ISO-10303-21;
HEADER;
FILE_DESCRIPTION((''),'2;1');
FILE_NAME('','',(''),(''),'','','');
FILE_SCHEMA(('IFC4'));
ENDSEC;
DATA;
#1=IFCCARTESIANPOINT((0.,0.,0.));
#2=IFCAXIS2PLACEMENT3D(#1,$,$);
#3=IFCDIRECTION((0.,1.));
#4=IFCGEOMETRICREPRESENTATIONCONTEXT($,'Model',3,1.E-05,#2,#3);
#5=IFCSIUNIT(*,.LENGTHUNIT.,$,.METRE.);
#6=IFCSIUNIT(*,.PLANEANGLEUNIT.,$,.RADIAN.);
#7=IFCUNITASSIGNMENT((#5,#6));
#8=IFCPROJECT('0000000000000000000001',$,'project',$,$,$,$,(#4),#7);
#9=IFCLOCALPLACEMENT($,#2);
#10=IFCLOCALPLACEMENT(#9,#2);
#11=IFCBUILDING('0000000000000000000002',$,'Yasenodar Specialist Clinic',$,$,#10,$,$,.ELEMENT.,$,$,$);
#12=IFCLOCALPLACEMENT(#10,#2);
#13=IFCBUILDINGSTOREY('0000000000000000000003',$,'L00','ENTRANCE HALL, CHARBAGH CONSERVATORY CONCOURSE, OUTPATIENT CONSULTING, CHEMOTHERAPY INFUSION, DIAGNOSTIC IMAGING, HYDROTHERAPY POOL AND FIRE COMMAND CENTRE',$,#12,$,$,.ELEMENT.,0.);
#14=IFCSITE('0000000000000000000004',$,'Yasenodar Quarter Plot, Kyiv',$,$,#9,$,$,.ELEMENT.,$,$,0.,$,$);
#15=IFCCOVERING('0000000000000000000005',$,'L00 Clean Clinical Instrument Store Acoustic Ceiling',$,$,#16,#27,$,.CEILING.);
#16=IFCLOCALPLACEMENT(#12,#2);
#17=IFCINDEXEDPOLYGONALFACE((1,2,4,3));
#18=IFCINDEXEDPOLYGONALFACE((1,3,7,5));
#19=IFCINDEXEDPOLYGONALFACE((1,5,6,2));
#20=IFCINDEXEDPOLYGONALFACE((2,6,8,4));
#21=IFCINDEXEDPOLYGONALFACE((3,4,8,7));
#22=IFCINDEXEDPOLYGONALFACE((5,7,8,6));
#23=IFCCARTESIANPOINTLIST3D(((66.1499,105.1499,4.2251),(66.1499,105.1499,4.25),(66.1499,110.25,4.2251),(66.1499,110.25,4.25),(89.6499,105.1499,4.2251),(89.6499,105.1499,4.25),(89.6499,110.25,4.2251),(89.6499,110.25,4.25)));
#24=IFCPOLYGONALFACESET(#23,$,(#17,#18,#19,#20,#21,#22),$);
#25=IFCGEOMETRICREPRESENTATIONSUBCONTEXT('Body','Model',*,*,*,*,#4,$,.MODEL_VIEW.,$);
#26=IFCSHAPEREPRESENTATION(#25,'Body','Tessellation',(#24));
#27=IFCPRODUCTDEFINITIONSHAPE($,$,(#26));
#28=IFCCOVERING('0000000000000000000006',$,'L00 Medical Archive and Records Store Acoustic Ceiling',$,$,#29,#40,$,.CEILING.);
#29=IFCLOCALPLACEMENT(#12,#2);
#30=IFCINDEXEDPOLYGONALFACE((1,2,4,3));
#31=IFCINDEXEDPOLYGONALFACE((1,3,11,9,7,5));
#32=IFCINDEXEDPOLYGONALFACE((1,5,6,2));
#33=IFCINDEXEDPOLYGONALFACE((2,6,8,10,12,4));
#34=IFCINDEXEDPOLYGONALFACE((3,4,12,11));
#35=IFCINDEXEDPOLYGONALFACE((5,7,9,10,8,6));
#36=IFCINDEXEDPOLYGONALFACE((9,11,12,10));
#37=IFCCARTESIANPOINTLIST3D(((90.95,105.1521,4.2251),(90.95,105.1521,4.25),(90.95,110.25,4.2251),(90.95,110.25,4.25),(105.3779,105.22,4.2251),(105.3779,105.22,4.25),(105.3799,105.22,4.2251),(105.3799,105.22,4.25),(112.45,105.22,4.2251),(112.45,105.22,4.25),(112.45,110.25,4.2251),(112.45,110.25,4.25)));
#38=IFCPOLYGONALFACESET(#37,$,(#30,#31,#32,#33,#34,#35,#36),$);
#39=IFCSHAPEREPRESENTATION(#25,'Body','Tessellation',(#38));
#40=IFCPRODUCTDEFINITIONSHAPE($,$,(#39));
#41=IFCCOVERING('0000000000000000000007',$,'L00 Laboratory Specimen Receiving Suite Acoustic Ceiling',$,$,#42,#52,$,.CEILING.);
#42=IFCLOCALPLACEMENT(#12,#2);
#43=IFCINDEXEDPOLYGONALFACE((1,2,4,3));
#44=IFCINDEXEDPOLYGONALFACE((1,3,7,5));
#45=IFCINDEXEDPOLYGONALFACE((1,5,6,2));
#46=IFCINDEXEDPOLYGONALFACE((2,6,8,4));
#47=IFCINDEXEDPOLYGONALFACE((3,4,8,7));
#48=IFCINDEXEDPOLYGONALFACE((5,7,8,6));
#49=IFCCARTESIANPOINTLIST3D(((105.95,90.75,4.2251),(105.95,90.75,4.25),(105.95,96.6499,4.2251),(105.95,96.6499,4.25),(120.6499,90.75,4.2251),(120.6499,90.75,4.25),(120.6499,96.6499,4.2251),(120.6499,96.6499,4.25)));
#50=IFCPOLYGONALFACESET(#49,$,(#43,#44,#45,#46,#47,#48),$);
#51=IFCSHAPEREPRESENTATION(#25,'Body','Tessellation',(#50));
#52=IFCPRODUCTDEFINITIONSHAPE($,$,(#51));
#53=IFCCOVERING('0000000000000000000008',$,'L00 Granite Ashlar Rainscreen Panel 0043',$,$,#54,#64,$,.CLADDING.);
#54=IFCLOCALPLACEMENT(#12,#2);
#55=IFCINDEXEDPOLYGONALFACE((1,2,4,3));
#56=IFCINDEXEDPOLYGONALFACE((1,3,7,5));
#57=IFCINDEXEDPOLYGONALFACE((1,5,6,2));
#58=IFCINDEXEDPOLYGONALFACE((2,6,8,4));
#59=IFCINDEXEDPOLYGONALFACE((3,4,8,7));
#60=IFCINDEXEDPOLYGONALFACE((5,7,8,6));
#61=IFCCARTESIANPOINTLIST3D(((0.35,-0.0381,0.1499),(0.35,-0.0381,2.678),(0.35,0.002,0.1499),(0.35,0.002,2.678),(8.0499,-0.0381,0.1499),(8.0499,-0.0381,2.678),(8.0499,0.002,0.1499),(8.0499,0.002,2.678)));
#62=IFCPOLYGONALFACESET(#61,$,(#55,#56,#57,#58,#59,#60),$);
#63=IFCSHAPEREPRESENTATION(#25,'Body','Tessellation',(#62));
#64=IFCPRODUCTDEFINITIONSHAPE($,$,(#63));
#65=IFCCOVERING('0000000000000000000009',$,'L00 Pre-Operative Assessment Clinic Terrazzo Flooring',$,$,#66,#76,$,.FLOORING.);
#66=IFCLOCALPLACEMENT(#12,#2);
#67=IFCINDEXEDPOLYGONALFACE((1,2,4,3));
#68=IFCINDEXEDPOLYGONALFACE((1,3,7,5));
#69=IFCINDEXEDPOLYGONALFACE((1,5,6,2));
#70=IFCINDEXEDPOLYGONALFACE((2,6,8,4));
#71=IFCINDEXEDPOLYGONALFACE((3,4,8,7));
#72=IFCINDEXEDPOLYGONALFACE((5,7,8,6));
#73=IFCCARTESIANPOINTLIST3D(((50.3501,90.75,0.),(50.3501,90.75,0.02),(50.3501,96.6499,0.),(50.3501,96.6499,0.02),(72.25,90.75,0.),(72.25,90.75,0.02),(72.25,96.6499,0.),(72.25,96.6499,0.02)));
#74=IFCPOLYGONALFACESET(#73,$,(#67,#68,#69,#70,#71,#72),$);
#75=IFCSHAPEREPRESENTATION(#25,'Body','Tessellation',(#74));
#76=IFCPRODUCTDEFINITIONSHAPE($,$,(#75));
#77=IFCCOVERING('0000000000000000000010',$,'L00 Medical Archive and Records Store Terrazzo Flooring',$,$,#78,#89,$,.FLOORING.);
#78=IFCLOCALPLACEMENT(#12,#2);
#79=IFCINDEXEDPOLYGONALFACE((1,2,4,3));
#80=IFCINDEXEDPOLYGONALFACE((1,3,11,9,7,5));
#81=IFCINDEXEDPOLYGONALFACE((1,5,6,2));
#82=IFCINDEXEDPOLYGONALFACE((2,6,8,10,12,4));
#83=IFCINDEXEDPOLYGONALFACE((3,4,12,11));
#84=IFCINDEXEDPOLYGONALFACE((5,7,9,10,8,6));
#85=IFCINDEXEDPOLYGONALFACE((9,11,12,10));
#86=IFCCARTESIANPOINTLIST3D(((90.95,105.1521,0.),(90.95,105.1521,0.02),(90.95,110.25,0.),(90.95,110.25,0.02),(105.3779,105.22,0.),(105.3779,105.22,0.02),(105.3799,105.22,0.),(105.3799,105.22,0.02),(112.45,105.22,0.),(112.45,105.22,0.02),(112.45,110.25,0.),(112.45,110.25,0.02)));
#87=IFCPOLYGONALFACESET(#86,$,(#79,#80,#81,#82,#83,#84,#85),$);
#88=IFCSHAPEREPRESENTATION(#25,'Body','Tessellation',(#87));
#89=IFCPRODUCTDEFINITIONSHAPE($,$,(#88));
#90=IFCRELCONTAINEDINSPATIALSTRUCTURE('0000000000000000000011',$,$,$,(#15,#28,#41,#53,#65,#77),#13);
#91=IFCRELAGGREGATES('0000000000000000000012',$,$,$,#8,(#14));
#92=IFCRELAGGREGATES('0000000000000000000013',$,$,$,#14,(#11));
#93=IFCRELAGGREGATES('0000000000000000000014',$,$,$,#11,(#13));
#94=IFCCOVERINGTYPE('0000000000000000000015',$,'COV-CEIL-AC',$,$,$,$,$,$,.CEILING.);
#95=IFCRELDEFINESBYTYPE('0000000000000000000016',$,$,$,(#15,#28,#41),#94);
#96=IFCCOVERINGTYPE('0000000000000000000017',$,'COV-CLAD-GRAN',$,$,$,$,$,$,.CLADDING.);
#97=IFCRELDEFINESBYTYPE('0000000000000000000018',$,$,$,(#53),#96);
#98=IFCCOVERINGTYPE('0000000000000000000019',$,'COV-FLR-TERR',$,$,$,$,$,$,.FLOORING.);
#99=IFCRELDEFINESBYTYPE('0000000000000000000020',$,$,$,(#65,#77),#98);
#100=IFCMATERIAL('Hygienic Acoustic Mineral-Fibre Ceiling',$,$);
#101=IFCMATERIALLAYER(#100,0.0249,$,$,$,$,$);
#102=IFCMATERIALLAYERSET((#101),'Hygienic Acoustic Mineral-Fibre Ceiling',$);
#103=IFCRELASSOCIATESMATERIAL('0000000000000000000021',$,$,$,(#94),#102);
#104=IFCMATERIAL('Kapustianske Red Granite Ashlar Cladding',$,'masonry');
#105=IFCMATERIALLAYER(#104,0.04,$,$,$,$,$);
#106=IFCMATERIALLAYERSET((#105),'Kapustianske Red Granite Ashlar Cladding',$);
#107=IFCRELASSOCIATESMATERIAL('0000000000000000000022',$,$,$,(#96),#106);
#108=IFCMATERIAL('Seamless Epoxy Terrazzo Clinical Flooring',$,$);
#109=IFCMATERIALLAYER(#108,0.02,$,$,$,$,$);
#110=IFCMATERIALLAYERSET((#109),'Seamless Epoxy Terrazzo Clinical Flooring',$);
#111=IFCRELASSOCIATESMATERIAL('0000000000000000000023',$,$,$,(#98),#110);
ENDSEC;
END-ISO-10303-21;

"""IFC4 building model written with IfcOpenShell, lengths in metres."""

from ifc_helpers import new_model, si_unit, direction, frame, origin, origin_2d, place, context, subcontext, project, spatial, polyline, rectangle, outline, extrude, material, layer, layer_set, type_object, element, save


model = new_model("IFC4")

# Units and contexts
model_context = context("Model", 3, precision=1e-05, world=origin(), true_north=direction((0.0, 1.0)))
body_context = subcontext(model_context, "Body", "Model", "MODEL_VIEW")
ifc_project = project(units=[si_unit("LENGTHUNIT", "METRE"), si_unit("PLANEANGLEUNIT", "RADIAN")], contexts=[model_context])

# Site, building, storey
site_placement = place(None, origin())
site = spatial("IfcSite", under=ifc_project, at=site_placement, Name="Yasenodar Quarter Plot, Kyiv", CompositionType="ELEMENT", RefElevation=0.0)
building_placement = place(site_placement, origin())
building = spatial("IfcBuilding", under=site, at=building_placement, Name="Yasenodar Specialist Clinic", CompositionType="ELEMENT")
storey_placement = place(building_placement, origin())
storey = spatial("IfcBuildingStorey", under=building, at=storey_placement, Name="L00", Description="ENTRANCE HALL, CHARBAGH CONSERVATORY CONCOURSE, OUTPATIENT CONSULTING, CHEMOTHERAPY INFUSION, DIAGNOSTIC IMAGING, HYDROTHERAPY POOL AND FIRE COMMAND CENTRE", CompositionType="ELEMENT", Elevation=0.0)

# Coverings
ifc_material_1 = material(Name="Hygienic Acoustic Mineral-Fibre Ceiling")
ifc_layer_1 = layer(ifc_material_1, 0.0249)
ifc_layer_set_1 = layer_set([ifc_layer_1], Name="Hygienic Acoustic Mineral-Fibre Ceiling")
covering_type_1 = type_object("IfcCoveringType", Name="COV-CEIL-AC", PredefinedType="CEILING", material=ifc_layer_set_1)
covering_1_placement = place(storey_placement, frame((0.0, 0.0, 4.2251)))
element("IfcCovering", 1, at=covering_1_placement, inside=storey, type_object=covering_type_1, Name="L00 Clean Clinical Instrument Store Acoustic Ceiling", PredefinedType="CEILING", context=body_context, shape_type="SweptSolid", body=[
    extrude(outline(polyline([(89.6499, 105.1499), (66.1499, 105.1499), (66.1499, 110.25), (89.6499, 110.25), (89.6499, 105.1499)])), origin(), (0.0, 0.0, 1.0), 0.0249),
])
covering_2_placement = place(storey_placement, frame((0.0, 0.0, 4.2251)))
element("IfcCovering", 2, at=covering_2_placement, inside=storey, type_object=covering_type_1, Name="L00 Medical Archive and Records Store Acoustic Ceiling", PredefinedType="CEILING", context=body_context, shape_type="SweptSolid", body=[
    extrude(outline(polyline([(112.45, 110.25), (112.45, 105.22), (105.3799, 105.22), (105.3779, 105.22), (90.95, 105.1521), (90.95, 110.25), (112.45, 110.25)])), origin(), (0.0, 0.0, 1.0), 0.0249),
])
covering_3_placement = place(storey_placement, frame((0.0, 0.0, 4.2251)))
element("IfcCovering", 3, at=covering_3_placement, inside=storey, type_object=covering_type_1, Name="L00 Laboratory Specimen Receiving Suite Acoustic Ceiling", PredefinedType="CEILING", context=body_context, shape_type="SweptSolid", body=[
    extrude(outline(polyline([(120.6499, 90.75), (105.95, 90.75), (105.95, 96.6499), (120.6499, 96.6499), (120.6499, 90.75)])), origin(), (0.0, 0.0, 1.0), 0.0249),
])
ifc_material_2 = material(Name="Kapustianske Red Granite Ashlar Cladding", Category="masonry")
ifc_layer_2 = layer(ifc_material_2, 0.04)
ifc_layer_set_2 = layer_set([ifc_layer_2], Name="Kapustianske Red Granite Ashlar Cladding")
covering_type_2 = type_object("IfcCoveringType", Name="COV-CLAD-GRAN", PredefinedType="CLADDING", material=ifc_layer_set_2)
covering_4_placement = place(storey_placement, frame((4.2, -0.0181, 0.1499), z_axis=(0.0, 0.0, 1.0), x_axis=(-1.0, 0.0, 0.0)))
element("IfcCovering", 4, at=covering_4_placement, inside=storey, type_object=covering_type_2, Name="L00 Granite Ashlar Rainscreen Panel 0043", PredefinedType="CLADDING", context=body_context, shape_type="SweptSolid", body=[
    extrude(rectangle(XDim=7.7, YDim=0.04, at=origin_2d()), origin(), (0.0, 0.0, 1.0), 2.5281),
])
ifc_material_3 = material(Name="Seamless Epoxy Terrazzo Clinical Flooring")
ifc_layer_3 = layer(ifc_material_3, 0.02)
ifc_layer_set_3 = layer_set([ifc_layer_3], Name="Seamless Epoxy Terrazzo Clinical Flooring")
covering_type_3 = type_object("IfcCoveringType", Name="COV-FLR-TERR", PredefinedType="FLOORING", material=ifc_layer_set_3)
covering_5_placement = place(storey_placement, origin())
element("IfcCovering", 5, at=covering_5_placement, inside=storey, type_object=covering_type_3, Name="L00 Pre-Operative Assessment Clinic Terrazzo Flooring", PredefinedType="FLOORING", context=body_context, shape_type="SweptSolid", body=[
    extrude(outline(polyline([(72.25, 90.75), (50.3501, 90.75), (50.3501, 96.6499), (72.25, 96.6499), (72.25, 90.75)])), origin(), (0.0, 0.0, 1.0), 0.02),
])
covering_6_placement = place(storey_placement, origin())
element("IfcCovering", 6, at=covering_6_placement, inside=storey, type_object=covering_type_3, Name="L00 Medical Archive and Records Store Terrazzo Flooring", PredefinedType="FLOORING", context=body_context, shape_type="SweptSolid", body=[
    extrude(outline(polyline([(112.45, 110.25), (112.45, 105.22), (105.3799, 105.22), (105.3779, 105.22), (90.95, 105.1521), (90.95, 110.25), (112.45, 110.25)])), origin(), (0.0, 0.0, 1.0), 0.02),
])

save(model, "model.ifc")
